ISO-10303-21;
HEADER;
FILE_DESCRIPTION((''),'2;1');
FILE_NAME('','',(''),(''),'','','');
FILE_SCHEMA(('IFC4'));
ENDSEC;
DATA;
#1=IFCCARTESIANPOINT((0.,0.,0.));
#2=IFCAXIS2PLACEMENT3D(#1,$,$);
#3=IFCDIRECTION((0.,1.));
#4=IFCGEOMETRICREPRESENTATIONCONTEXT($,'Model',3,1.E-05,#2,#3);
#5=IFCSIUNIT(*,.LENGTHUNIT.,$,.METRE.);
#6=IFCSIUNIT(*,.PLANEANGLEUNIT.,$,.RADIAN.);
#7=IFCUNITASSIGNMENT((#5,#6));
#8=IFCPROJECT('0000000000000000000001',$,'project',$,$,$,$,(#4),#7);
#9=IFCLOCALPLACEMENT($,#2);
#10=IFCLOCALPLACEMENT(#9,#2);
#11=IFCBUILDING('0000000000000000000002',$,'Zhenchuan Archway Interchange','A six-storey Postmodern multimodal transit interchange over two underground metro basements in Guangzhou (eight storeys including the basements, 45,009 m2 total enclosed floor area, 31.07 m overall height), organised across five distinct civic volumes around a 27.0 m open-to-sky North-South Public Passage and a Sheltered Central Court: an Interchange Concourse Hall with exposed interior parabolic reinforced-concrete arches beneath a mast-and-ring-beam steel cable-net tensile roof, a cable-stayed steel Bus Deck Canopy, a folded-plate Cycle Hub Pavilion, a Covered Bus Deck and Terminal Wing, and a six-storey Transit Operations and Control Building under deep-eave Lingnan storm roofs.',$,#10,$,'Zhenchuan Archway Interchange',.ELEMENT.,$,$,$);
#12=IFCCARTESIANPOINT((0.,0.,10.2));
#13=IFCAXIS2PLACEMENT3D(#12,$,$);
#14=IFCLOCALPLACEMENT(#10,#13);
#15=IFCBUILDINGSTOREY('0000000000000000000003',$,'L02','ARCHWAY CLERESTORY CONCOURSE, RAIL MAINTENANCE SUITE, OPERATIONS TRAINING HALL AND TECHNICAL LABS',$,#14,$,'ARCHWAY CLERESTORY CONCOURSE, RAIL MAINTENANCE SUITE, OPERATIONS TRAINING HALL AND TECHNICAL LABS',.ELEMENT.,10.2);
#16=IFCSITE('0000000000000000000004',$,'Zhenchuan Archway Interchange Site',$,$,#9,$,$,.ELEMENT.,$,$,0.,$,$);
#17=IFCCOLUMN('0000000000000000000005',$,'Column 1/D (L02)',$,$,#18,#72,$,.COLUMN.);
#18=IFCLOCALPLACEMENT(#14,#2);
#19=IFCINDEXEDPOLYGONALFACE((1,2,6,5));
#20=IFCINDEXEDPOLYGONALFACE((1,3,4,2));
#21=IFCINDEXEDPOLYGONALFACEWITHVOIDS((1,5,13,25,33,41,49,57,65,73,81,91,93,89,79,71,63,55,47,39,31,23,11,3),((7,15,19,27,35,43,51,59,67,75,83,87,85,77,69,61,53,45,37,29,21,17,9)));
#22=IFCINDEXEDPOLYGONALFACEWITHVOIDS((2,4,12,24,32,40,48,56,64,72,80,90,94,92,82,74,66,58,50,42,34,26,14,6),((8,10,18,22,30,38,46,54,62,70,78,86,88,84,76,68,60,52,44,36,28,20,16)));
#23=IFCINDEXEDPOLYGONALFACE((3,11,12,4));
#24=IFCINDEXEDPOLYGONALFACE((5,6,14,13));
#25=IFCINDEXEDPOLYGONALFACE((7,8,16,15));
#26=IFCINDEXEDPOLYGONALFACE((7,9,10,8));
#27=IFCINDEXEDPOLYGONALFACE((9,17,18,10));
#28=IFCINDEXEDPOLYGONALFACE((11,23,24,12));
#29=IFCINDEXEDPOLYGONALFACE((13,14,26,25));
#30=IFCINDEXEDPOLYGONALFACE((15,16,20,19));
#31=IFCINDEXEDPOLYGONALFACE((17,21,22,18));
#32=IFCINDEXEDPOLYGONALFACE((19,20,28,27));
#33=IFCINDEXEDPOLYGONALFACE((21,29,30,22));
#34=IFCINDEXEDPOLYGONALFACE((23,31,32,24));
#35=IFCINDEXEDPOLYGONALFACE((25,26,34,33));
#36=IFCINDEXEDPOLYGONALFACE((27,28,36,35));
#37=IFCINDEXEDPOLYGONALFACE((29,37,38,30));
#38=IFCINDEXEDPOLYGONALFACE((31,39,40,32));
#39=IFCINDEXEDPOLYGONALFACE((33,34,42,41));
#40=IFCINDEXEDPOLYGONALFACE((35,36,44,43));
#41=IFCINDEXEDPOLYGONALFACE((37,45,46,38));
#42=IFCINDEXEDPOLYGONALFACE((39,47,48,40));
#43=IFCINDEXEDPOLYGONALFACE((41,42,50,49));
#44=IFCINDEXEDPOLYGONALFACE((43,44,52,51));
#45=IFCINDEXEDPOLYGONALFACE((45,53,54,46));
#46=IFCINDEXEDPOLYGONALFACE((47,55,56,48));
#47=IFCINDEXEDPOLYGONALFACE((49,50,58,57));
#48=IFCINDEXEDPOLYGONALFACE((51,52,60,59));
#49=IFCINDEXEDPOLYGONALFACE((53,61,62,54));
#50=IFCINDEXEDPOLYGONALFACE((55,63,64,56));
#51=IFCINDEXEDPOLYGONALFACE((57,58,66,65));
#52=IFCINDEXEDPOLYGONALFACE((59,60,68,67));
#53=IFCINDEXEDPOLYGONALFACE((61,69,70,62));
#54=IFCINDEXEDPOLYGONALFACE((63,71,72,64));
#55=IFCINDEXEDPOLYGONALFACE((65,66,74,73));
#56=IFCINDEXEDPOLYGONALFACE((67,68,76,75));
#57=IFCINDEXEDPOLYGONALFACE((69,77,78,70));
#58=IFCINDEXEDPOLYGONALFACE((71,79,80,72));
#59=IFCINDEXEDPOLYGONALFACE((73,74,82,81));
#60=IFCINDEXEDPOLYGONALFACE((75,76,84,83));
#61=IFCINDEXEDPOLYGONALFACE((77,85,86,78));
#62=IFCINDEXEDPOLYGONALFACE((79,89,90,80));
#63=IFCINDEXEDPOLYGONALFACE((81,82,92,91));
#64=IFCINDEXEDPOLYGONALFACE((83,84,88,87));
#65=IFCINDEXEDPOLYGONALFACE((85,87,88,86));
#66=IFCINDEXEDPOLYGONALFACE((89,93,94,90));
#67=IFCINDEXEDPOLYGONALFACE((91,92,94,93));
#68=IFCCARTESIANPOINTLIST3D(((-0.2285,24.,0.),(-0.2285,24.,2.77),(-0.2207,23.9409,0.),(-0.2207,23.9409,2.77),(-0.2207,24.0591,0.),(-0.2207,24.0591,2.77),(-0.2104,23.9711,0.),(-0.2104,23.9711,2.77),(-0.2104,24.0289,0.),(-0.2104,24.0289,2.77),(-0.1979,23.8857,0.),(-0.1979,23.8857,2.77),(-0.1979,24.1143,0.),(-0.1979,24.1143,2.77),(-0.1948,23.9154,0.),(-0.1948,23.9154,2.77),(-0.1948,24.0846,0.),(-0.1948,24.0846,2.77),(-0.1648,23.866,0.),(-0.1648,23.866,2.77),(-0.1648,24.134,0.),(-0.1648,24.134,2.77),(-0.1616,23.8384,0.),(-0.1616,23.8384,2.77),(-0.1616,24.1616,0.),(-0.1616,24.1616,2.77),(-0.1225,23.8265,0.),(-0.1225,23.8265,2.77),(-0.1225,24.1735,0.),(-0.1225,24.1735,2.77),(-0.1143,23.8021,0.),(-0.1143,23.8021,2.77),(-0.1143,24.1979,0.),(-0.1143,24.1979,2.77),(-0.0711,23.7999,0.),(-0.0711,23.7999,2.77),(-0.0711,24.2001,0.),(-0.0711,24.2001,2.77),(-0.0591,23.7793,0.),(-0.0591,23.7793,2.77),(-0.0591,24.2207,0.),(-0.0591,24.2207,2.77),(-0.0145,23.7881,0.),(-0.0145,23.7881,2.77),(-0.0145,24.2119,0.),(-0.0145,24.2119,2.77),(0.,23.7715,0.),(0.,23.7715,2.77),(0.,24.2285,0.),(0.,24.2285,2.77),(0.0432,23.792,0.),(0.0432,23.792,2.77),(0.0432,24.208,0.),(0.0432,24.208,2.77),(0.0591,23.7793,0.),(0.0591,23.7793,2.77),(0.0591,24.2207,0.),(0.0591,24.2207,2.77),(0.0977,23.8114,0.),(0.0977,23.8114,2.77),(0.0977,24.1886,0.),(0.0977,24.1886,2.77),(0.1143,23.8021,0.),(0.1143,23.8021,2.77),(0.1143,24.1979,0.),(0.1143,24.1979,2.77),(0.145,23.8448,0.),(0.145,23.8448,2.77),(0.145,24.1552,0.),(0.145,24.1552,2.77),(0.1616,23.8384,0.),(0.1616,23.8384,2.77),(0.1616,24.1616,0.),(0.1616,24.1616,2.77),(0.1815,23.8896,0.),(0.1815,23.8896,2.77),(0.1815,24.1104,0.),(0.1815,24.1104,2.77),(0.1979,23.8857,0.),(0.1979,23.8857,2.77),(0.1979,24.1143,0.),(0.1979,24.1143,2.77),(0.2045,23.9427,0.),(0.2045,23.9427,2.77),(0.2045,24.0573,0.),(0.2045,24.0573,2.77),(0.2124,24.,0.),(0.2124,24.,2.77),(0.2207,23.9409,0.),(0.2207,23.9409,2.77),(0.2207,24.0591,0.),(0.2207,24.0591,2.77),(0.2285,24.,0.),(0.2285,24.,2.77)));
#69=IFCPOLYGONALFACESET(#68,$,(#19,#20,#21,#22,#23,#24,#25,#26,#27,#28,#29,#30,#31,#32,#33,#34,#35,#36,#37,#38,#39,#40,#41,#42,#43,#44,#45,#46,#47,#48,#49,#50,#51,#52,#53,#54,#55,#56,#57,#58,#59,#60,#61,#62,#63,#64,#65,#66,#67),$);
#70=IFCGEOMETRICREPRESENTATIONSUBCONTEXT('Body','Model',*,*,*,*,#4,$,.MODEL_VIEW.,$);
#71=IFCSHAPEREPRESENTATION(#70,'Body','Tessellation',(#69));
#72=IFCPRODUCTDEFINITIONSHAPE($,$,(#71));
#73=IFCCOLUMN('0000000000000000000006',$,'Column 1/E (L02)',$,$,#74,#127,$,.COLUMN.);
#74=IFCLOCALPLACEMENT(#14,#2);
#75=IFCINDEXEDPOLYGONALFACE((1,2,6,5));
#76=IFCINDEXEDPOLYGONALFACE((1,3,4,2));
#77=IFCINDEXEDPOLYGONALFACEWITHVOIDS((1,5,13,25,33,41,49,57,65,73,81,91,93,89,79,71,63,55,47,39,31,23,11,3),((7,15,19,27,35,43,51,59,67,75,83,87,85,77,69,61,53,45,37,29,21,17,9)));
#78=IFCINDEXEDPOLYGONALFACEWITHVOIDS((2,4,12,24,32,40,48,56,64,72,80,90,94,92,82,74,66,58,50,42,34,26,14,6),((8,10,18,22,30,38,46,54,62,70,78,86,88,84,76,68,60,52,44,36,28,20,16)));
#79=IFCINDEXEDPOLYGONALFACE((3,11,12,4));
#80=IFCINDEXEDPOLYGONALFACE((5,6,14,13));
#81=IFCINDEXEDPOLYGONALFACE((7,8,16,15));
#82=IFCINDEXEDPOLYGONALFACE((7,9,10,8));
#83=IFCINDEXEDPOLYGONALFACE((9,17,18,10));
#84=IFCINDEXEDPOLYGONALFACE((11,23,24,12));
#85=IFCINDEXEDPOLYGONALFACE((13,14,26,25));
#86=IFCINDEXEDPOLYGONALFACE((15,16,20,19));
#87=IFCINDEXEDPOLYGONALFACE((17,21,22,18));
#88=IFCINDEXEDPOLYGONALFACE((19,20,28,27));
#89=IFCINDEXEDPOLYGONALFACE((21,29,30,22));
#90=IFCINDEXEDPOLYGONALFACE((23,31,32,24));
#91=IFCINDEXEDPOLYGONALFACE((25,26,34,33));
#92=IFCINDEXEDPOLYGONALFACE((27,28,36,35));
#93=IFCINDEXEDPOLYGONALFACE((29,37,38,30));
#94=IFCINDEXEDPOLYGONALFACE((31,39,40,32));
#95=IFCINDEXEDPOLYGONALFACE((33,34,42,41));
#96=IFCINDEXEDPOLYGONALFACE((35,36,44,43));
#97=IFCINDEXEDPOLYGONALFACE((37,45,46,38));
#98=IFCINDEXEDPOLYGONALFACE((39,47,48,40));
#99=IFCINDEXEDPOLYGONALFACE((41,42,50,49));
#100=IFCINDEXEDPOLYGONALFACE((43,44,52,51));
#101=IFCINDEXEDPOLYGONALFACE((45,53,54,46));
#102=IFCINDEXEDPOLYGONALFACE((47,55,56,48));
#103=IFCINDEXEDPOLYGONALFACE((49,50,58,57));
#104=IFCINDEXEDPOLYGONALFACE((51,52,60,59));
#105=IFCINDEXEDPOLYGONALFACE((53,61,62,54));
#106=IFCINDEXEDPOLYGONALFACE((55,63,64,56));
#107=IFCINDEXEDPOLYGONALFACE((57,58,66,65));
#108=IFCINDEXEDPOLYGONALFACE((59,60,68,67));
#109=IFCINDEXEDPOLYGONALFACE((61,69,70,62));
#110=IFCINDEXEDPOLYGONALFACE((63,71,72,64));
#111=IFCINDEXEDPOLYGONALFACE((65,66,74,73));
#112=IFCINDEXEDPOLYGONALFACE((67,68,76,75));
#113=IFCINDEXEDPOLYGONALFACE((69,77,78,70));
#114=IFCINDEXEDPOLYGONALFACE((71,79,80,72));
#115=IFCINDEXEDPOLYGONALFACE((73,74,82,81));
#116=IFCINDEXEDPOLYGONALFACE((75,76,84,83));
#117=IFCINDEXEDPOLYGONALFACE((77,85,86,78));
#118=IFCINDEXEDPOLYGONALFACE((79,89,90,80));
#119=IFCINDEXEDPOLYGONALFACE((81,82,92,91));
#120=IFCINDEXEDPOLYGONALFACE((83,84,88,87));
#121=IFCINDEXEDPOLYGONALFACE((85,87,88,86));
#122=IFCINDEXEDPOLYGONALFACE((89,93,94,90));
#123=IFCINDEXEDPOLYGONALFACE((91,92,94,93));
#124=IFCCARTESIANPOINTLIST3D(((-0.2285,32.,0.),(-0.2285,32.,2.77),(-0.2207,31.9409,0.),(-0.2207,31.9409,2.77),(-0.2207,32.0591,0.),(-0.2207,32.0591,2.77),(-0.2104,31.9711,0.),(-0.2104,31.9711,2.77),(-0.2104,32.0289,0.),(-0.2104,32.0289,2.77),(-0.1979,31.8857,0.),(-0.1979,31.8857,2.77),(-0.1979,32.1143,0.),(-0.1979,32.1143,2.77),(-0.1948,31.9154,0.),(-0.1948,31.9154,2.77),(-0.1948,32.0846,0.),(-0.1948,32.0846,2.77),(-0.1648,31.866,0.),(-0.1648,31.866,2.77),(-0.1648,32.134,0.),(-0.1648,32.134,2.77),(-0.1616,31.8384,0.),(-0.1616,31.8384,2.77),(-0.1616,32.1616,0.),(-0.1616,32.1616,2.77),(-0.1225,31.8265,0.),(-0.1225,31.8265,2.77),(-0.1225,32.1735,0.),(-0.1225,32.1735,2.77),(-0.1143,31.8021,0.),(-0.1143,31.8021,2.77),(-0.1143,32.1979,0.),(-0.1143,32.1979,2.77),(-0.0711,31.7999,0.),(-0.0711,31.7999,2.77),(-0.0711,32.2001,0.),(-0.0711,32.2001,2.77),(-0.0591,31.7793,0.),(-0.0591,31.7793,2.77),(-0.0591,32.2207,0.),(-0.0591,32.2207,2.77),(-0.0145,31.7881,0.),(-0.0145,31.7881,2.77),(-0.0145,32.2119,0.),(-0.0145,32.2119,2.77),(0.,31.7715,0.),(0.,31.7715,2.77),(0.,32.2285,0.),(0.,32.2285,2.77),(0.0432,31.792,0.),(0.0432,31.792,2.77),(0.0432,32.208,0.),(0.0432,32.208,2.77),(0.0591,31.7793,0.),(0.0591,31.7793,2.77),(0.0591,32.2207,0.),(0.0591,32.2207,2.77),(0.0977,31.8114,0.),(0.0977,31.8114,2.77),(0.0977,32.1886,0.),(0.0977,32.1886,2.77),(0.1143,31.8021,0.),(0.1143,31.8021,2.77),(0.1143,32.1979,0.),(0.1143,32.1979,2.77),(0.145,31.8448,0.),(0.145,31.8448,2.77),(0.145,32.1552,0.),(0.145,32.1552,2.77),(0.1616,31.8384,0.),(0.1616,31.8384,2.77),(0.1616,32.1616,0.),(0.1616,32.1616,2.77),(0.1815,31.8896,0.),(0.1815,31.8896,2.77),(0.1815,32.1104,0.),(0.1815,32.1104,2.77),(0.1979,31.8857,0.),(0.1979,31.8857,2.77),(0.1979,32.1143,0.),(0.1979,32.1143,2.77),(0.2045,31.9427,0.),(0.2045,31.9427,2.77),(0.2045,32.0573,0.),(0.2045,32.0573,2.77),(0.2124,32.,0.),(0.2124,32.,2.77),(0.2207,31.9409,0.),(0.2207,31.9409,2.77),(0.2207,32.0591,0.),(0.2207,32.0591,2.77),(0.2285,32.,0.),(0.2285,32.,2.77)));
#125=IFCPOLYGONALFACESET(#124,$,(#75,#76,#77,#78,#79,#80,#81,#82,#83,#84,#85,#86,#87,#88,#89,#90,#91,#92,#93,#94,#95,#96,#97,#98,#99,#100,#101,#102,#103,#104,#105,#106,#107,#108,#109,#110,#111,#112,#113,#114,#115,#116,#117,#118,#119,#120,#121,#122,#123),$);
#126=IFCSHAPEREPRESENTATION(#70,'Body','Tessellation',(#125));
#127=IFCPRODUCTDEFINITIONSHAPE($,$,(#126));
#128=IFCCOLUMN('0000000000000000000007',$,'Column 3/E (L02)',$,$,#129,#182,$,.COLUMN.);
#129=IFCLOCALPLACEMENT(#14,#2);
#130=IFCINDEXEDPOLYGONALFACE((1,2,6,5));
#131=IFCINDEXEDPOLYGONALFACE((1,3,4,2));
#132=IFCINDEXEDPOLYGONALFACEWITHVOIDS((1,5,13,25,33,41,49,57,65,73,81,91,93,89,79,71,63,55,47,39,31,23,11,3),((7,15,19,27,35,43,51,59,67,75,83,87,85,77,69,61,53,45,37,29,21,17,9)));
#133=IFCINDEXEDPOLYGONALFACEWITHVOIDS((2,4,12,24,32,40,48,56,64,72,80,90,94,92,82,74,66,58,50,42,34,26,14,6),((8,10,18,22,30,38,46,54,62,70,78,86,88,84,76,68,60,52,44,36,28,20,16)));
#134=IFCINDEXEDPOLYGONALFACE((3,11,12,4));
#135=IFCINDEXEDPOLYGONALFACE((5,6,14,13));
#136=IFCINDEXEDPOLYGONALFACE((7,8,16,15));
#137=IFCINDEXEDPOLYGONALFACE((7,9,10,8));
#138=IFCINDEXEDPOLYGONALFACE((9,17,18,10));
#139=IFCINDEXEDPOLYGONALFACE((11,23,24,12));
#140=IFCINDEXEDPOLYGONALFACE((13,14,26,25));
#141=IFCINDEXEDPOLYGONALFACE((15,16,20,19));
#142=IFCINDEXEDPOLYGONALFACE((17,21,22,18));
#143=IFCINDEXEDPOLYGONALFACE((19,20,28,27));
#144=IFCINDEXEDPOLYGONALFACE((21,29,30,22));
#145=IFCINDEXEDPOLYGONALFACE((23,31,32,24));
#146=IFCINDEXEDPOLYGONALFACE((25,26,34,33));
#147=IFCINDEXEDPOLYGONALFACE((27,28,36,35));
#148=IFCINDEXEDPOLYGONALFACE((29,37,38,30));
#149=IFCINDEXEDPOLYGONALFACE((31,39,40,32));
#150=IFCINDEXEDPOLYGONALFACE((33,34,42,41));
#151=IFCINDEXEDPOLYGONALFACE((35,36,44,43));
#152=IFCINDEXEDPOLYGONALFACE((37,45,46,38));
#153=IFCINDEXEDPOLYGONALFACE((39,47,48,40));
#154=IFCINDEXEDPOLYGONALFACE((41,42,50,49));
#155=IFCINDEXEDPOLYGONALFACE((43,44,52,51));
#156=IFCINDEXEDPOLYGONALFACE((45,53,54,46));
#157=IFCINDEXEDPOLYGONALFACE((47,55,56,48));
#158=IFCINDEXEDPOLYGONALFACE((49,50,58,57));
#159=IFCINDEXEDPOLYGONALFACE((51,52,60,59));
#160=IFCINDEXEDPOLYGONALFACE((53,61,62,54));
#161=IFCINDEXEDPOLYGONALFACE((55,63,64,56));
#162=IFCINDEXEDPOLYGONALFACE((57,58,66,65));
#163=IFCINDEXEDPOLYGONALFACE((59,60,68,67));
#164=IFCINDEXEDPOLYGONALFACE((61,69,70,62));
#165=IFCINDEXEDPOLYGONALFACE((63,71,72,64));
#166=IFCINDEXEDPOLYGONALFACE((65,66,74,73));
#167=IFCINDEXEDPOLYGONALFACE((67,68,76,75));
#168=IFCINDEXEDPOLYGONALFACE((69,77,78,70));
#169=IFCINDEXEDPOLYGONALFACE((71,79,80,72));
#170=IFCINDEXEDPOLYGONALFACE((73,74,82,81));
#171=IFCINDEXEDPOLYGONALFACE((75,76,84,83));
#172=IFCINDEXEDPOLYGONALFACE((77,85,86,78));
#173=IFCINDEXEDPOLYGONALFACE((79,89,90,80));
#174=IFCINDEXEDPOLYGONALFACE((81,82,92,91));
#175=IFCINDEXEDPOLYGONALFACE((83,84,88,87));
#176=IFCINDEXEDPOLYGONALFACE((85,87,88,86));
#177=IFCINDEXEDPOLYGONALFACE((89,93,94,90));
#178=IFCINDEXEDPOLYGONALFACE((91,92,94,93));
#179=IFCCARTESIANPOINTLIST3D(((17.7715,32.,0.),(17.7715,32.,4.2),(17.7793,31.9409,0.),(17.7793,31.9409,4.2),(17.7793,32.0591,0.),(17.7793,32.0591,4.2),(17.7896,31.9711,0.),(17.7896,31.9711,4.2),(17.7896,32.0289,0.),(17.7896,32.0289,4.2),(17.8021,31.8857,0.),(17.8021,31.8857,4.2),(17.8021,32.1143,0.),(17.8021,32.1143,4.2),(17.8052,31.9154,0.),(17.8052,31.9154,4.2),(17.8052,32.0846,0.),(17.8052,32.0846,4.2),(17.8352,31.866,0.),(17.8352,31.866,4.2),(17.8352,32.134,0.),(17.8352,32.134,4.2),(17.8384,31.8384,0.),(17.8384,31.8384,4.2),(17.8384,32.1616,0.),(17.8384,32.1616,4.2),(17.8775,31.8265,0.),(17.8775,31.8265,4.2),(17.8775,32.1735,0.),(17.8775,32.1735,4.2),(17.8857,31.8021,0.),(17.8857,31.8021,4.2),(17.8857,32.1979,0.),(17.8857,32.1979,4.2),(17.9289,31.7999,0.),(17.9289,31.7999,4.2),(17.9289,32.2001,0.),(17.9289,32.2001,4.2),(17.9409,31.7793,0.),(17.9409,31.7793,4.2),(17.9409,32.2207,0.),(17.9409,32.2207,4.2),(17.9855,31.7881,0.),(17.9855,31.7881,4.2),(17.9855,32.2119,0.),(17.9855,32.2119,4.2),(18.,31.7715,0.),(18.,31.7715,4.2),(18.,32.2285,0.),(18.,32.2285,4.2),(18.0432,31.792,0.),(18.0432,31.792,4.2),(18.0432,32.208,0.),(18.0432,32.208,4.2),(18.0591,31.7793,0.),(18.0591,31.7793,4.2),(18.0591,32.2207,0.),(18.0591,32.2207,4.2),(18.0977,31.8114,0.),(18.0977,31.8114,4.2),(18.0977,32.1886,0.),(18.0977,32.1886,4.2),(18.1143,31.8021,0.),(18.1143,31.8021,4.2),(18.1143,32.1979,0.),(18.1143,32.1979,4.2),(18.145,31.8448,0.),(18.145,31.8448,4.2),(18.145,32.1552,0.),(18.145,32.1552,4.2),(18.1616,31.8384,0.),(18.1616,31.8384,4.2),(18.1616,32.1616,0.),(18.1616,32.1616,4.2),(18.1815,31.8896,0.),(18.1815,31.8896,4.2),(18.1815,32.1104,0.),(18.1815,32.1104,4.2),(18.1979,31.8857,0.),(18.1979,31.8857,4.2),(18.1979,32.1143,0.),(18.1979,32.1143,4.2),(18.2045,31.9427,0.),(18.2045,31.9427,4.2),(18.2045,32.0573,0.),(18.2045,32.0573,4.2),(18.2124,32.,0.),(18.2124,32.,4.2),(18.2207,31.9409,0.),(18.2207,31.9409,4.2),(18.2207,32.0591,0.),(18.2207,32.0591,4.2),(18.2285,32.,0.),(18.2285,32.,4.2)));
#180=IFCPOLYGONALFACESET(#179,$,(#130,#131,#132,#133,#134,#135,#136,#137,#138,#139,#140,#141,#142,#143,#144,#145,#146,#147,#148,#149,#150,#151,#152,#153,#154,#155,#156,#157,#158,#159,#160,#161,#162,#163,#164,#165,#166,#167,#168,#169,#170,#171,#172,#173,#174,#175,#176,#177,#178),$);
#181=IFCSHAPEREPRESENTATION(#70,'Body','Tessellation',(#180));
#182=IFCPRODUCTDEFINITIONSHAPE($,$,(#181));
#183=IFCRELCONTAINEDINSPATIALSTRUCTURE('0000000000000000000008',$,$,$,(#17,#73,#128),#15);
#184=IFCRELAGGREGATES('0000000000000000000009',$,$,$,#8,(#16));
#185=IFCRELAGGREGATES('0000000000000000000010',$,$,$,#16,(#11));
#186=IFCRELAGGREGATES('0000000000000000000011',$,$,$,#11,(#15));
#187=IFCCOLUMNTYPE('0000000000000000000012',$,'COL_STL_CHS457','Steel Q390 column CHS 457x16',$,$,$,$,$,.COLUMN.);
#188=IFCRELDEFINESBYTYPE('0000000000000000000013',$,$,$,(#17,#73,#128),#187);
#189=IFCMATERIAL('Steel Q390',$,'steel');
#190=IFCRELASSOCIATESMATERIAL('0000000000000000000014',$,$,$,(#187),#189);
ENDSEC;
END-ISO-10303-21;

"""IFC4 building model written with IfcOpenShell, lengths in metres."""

from ifc_helpers import new_model, si_unit, direction, frame, origin, origin_2d, place, context, subcontext, project, spatial, hollow_circle, extrude, material, material_profile, profile_set, type_object, element, save


model = new_model("IFC4")

# Units and contexts
model_context = context("Model", 3, precision=1e-05, world=origin(), true_north=direction((0.0, 1.0)))
body_context = subcontext(model_context, "Body", "Model", "MODEL_VIEW")
ifc_project = project(units=[si_unit("LENGTHUNIT", "METRE"), si_unit("PLANEANGLEUNIT", "RADIAN")], contexts=[model_context])

# Site, building, storey
site_placement = place(None, origin())
site = spatial("IfcSite", under=ifc_project, at=site_placement, Name="Zhenchuan Archway Interchange Site", CompositionType="ELEMENT", RefElevation=0.0)
building_placement = place(site_placement, origin())
building = spatial("IfcBuilding", under=site, at=building_placement, Name="Zhenchuan Archway Interchange", Description="A six-storey Postmodern multimodal transit interchange over two underground metro basements in Guangzhou (eight storeys including the basements, 45,009 m2 total enclosed floor area, 31.07 m overall height), organised across five distinct civic volumes around a 27.0 m open-to-sky North-South Public Passage and a Sheltered Central Court: an Interchange Concourse Hall with exposed interior parabolic reinforced-concrete arches beneath a mast-and-ring-beam steel cable-net tensile roof, a cable-stayed steel Bus Deck Canopy, a folded-plate Cycle Hub Pavilion, a Covered Bus Deck and Terminal Wing, and a six-storey Transit Operations and Control Building under deep-eave Lingnan storm roofs.", LongName="Zhenchuan Archway Interchange", CompositionType="ELEMENT")
storey_placement = place(building_placement, frame((0.0, 0.0, 10.2)))
storey = spatial("IfcBuildingStorey", under=building, at=storey_placement, Name="L02", Description="ARCHWAY CLERESTORY CONCOURSE, RAIL MAINTENANCE SUITE, OPERATIONS TRAINING HALL AND TECHNICAL LABS", LongName="ARCHWAY CLERESTORY CONCOURSE, RAIL MAINTENANCE SUITE, OPERATIONS TRAINING HALL AND TECHNICAL LABS", CompositionType="ELEMENT", Elevation=10.2)

# Columns
ifc_material_1 = material(Name="Steel Q390", Category="steel")
ifc_material_profile_1 = material_profile(ifc_material_1, hollow_circle(Radius=0.2285, WallThickness=0.0161, at=origin_2d()), Name="CHS 457x16")
ifc_profile_set_1 = profile_set([ifc_material_profile_1], Name="Steel Q390")
column_type_1 = type_object("IfcColumnType", Name="COL_STL_CHS457", Description="Steel Q390 column CHS 457x16", PredefinedType="COLUMN", material=ifc_profile_set_1)
for number, where, z_axis, x_axis, name in (
    (1, (0.0, 24.0, 0.0), (0.0, 0.0, 1.0), (1.0, 0.0, 0.0), "Column 1/D (L02)"),
    (2, (0.0, 32.0, 0.0), (0.0, 0.0, 1.0), (1.0, 0.0, 0.0), "Column 1/E (L02)"),
):
    element("IfcColumn", number, at=place(storey_placement, frame(where, z_axis=z_axis, x_axis=x_axis)), inside=storey, type_object=column_type_1, Name=name, PredefinedType="COLUMN", context=body_context, shape_type="SweptSolid", body=[
        extrude(hollow_circle(Radius=0.2285, WallThickness=0.0161, at=origin_2d()), origin(), (0.0, 0.0, 1.0), 2.77),
    ])
column_1_placement = place(storey_placement, frame((18.0, 32.0, 0.0), z_axis=(0.0, 0.0, 1.0), x_axis=(1.0, 0.0, 0.0)))
element("IfcColumn", 3, at=column_1_placement, inside=storey, type_object=column_type_1, Name="Column 3/E (L02)", PredefinedType="COLUMN", context=body_context, shape_type="SweptSolid", body=[
    extrude(hollow_circle(Radius=0.2285, WallThickness=0.0161, at=origin_2d()), origin(), (0.0, 0.0, 1.0), 4.2),
])

save(model, "model.ifc")
